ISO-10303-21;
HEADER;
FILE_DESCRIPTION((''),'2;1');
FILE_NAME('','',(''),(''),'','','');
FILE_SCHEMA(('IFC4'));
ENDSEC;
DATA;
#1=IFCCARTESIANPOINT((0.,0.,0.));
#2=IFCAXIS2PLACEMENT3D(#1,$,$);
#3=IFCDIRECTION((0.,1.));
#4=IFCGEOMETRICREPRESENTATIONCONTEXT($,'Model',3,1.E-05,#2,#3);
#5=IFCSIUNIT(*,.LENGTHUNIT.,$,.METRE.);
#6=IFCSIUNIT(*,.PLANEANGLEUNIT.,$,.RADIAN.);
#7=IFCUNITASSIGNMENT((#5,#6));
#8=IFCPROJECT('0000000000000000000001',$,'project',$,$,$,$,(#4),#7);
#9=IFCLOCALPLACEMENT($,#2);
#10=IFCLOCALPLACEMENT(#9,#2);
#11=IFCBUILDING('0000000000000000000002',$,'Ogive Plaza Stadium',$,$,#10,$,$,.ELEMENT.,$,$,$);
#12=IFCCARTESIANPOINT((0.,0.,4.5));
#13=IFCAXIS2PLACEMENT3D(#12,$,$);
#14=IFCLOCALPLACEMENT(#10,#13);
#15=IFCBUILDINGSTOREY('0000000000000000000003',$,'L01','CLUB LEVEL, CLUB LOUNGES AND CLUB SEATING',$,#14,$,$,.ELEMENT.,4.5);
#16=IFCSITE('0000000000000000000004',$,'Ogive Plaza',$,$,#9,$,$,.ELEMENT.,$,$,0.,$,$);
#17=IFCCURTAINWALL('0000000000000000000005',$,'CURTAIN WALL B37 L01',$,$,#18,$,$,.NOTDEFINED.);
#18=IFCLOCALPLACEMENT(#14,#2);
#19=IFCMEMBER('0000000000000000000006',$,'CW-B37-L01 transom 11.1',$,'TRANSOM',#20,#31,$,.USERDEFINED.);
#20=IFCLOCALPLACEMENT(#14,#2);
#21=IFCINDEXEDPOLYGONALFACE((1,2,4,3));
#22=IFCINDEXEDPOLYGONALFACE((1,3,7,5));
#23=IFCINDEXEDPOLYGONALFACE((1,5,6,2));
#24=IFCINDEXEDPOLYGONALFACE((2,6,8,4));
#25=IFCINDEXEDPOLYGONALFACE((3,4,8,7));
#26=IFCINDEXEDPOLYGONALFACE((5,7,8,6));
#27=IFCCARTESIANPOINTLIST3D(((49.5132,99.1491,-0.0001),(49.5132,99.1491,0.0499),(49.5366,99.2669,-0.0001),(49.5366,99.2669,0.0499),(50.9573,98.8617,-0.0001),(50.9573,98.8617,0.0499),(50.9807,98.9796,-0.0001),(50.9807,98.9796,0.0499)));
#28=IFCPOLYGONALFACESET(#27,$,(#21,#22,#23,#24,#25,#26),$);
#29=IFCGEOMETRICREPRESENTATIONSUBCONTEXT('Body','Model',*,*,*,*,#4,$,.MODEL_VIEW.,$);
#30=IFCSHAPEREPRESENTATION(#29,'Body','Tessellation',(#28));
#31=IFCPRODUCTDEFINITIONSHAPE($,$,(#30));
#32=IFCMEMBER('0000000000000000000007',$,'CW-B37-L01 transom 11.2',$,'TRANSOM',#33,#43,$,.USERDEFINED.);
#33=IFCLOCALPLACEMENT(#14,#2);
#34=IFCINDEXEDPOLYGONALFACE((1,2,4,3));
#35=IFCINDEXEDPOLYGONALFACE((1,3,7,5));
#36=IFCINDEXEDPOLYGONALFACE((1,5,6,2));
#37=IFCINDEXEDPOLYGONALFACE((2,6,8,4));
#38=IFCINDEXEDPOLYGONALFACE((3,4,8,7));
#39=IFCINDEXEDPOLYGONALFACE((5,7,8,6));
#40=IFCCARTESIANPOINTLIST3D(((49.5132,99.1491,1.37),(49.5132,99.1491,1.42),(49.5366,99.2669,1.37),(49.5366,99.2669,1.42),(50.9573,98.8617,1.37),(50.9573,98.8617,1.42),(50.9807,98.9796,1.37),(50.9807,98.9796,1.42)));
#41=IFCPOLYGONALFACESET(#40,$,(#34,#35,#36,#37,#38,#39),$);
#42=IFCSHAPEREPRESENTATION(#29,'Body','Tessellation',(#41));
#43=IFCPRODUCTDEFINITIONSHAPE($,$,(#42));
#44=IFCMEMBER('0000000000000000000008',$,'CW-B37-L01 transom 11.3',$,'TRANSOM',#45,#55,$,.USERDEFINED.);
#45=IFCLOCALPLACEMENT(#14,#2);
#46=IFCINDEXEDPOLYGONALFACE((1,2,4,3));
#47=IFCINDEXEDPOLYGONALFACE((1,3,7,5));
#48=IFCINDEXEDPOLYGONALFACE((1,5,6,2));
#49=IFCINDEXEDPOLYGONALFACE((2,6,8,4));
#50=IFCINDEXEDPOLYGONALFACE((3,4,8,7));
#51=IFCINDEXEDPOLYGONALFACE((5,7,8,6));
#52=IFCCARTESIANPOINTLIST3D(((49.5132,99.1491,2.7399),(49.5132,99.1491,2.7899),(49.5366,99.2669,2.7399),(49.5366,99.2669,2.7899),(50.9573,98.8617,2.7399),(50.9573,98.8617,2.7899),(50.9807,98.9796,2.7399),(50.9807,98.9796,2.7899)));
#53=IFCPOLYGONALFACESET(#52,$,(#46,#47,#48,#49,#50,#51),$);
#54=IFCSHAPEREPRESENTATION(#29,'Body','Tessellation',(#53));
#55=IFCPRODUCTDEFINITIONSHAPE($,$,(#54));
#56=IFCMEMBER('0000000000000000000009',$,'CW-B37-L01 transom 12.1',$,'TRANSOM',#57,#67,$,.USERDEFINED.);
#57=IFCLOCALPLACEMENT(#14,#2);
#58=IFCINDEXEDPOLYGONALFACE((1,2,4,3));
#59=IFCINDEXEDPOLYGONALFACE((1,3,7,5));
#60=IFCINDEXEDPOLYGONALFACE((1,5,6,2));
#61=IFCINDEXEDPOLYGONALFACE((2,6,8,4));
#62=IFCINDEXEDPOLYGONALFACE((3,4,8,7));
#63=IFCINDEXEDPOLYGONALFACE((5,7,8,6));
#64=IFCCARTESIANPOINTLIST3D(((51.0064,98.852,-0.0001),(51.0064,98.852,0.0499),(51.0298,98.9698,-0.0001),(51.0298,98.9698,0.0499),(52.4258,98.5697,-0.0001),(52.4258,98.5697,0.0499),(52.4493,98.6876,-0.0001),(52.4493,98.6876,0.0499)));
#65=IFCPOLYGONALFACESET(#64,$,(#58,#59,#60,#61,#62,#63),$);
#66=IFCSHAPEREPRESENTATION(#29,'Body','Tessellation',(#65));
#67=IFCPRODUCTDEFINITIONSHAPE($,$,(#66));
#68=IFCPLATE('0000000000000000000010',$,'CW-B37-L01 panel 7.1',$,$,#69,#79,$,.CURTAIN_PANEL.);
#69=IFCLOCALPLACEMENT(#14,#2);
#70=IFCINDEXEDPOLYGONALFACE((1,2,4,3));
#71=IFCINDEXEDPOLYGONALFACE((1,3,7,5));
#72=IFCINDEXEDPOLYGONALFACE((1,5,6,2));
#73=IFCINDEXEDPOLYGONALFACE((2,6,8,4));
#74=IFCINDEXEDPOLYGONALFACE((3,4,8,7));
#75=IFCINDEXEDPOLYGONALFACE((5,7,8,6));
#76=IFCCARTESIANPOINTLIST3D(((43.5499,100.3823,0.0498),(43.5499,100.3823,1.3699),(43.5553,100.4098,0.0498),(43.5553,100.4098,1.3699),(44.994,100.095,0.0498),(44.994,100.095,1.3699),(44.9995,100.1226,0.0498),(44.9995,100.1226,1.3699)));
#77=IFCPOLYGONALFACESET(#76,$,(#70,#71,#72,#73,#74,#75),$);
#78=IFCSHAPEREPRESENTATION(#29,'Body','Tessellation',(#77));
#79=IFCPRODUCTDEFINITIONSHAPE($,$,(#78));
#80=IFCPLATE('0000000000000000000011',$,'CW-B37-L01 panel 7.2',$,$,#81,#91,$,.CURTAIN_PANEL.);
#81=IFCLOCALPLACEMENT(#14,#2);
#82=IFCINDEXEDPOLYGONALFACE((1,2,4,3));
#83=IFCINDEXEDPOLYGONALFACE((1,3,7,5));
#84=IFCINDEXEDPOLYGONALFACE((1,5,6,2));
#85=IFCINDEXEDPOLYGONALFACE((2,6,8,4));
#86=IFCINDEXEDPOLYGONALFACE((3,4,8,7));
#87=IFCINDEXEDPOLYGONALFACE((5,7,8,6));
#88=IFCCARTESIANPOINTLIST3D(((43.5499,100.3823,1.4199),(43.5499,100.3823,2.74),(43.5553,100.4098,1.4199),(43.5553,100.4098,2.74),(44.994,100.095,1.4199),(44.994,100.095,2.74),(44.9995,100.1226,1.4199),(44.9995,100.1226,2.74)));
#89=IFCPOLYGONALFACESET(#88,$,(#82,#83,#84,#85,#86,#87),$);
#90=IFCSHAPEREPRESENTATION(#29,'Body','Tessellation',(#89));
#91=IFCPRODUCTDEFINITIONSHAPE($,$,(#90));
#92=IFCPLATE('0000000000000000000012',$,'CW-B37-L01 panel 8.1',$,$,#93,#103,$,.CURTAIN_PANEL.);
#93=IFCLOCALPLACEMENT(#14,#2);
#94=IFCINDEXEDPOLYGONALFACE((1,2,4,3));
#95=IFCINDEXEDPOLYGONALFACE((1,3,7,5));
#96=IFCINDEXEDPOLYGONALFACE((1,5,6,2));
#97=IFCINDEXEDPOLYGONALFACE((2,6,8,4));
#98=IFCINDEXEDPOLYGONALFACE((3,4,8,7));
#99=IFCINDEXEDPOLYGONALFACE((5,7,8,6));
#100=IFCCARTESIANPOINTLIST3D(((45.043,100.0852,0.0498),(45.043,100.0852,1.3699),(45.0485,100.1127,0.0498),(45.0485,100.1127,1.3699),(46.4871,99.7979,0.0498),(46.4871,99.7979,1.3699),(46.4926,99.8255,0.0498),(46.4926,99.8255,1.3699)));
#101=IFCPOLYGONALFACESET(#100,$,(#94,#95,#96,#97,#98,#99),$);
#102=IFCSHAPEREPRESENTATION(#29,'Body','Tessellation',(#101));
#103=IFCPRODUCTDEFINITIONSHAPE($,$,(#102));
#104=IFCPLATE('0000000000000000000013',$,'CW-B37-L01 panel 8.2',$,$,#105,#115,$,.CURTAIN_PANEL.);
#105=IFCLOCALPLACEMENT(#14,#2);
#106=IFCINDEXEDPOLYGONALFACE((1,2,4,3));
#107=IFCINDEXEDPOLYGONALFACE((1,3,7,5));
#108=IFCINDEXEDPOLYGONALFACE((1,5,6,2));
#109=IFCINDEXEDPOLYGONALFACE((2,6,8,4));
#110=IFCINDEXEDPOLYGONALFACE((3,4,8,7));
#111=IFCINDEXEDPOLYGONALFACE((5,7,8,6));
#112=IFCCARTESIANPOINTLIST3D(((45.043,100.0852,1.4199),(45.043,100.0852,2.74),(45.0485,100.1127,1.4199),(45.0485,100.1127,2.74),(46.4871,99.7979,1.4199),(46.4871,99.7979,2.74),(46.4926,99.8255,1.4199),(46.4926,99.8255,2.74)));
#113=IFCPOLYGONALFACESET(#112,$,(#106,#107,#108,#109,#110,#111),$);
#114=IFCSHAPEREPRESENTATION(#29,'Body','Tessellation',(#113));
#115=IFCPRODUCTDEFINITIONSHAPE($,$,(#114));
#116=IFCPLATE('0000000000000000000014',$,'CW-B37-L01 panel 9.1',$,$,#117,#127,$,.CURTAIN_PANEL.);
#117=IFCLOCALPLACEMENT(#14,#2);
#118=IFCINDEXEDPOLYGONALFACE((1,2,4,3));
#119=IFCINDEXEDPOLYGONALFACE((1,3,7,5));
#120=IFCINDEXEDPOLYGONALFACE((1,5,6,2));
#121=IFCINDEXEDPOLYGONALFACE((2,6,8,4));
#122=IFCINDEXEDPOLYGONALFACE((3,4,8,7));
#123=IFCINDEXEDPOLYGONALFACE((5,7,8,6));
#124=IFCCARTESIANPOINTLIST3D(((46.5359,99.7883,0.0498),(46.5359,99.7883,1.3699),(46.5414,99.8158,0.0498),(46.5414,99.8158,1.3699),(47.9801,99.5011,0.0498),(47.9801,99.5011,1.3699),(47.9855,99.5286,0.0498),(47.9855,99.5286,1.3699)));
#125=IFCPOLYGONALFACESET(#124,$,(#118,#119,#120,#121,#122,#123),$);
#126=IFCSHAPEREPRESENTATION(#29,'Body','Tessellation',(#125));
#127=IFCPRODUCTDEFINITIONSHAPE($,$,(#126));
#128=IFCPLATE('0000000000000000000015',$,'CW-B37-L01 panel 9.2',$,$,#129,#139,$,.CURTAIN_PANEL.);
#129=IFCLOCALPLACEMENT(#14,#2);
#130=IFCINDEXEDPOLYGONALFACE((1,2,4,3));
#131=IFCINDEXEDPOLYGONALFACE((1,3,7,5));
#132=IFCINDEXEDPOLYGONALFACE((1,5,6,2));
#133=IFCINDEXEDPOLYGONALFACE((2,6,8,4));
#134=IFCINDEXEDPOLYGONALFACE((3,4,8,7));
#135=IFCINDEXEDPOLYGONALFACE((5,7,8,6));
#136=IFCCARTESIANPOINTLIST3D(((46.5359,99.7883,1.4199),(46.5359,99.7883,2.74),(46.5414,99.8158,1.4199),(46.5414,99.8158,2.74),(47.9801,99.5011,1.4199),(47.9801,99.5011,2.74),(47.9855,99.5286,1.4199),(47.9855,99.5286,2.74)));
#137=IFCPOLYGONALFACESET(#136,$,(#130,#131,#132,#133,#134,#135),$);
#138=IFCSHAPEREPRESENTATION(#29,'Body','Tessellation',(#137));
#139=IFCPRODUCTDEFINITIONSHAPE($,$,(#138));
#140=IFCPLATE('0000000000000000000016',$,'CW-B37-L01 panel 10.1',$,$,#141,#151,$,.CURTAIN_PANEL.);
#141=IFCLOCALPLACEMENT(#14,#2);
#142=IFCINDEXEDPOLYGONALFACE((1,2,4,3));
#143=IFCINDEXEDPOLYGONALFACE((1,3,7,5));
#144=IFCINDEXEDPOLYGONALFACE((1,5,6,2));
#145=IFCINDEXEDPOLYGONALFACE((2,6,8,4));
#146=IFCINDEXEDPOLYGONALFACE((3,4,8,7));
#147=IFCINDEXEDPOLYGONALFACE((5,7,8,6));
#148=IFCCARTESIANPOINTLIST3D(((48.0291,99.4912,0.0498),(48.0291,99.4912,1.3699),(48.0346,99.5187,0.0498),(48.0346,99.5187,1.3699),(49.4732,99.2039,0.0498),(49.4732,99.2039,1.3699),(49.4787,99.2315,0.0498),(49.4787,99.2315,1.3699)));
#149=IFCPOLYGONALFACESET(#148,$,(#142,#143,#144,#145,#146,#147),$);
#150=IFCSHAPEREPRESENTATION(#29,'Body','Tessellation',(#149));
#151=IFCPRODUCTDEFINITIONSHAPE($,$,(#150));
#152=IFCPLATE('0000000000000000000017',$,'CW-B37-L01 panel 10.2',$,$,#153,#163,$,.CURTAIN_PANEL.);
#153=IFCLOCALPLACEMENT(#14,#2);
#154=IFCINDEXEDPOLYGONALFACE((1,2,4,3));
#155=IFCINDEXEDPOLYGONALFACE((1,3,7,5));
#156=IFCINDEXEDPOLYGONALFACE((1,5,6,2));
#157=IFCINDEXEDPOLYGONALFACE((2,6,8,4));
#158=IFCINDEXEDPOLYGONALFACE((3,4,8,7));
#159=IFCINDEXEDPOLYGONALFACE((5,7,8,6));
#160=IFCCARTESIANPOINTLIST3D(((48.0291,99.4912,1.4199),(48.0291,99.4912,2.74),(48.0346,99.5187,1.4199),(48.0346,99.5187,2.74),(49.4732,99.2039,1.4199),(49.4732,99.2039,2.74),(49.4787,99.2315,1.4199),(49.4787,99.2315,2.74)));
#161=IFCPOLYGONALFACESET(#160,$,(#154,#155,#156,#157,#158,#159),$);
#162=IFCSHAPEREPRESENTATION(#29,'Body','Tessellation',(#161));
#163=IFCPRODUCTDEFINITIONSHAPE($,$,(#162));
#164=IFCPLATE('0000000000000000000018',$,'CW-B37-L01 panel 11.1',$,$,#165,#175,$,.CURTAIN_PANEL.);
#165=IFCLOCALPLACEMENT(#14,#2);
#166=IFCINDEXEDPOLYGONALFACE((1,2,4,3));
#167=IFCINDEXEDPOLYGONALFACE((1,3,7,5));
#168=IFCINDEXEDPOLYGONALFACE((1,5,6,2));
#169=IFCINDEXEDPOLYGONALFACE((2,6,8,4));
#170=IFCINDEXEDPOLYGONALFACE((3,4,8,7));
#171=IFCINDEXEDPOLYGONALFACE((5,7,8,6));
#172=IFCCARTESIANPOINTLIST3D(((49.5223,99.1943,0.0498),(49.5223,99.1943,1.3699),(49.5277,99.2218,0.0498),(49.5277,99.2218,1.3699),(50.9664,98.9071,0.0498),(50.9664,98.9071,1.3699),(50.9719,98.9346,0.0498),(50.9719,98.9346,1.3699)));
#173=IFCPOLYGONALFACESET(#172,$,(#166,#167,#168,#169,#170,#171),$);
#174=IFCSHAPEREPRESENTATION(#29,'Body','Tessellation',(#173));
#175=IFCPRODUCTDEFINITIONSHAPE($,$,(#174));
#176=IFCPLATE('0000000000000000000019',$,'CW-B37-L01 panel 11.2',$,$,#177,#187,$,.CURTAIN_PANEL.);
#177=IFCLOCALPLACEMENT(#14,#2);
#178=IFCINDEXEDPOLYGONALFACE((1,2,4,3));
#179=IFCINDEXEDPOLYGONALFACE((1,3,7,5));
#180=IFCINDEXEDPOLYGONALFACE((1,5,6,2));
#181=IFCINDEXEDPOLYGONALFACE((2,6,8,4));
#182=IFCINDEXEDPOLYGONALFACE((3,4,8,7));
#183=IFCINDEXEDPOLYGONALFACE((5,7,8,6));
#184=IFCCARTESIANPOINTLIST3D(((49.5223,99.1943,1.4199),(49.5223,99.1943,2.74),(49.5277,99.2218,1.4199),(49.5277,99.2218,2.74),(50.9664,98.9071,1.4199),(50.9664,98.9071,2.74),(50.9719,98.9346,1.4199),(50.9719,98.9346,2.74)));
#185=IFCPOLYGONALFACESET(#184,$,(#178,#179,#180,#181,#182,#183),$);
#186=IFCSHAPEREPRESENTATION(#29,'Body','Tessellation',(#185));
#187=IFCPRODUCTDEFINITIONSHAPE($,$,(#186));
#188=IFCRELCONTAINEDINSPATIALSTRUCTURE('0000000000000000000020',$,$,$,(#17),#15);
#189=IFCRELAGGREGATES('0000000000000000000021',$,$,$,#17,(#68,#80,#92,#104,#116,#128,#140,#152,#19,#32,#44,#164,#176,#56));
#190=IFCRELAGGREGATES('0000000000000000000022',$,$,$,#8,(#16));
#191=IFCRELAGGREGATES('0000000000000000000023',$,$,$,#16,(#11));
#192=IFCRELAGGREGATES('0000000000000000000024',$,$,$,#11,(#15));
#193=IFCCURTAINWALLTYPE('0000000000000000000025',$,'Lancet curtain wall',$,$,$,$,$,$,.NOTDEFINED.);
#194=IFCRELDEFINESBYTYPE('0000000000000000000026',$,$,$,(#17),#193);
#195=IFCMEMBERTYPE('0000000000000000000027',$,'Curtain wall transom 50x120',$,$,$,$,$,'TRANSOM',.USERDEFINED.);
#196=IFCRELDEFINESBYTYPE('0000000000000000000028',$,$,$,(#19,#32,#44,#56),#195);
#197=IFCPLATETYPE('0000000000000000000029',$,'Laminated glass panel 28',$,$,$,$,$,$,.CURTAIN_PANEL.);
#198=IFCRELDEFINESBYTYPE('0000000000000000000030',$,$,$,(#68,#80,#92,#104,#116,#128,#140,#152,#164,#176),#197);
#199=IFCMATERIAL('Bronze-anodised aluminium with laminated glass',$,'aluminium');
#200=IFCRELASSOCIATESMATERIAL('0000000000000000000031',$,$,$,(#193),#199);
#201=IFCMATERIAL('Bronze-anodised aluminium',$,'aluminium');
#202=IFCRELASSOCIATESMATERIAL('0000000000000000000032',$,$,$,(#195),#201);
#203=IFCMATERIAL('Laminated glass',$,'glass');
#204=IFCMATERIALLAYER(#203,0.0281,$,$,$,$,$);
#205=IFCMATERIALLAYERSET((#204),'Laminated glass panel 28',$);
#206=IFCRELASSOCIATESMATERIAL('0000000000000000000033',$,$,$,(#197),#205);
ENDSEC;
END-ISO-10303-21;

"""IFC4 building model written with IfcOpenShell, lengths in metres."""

from ifc_helpers import new_model, si_unit, direction, frame, origin, origin_2d, place, context, subcontext, project, spatial, rectangle, extrude, material, layer, layer_set, material_profile, profile_set, type_object, element, aggregate, save


model = new_model("IFC4")

# Units and contexts
model_context = context("Model", 3, precision=1e-05, world=origin(), true_north=direction((0.0, 1.0)))
body_context = subcontext(model_context, "Body", "Model", "MODEL_VIEW")
ifc_project = project(units=[si_unit("LENGTHUNIT", "METRE"), si_unit("PLANEANGLEUNIT", "RADIAN")], contexts=[model_context])

# Site, building, storey
site_placement = place(None, origin())
site = spatial("IfcSite", under=ifc_project, at=site_placement, Name="Ogive Plaza", CompositionType="ELEMENT", RefElevation=0.0)
building_placement = place(site_placement, origin())
building = spatial("IfcBuilding", under=site, at=building_placement, Name="Ogive Plaza Stadium", CompositionType="ELEMENT")
storey_placement = place(building_placement, frame((0.0, 0.0, 4.5)))
storey = spatial("IfcBuildingStorey", under=building, at=storey_placement, Name="L01", Description="CLUB LEVEL, CLUB LOUNGES AND CLUB SEATING", CompositionType="ELEMENT", Elevation=4.5)

# Curtain wall, members, plates
ifc_material_1 = material(Name="Bronze-anodised aluminium with laminated glass", Category="aluminium")
curtain_wall_type = type_object("IfcCurtainWallType", Name="Lancet curtain wall", PredefinedType="NOTDEFINED", material=ifc_material_1)
curtain_wall_placement = place(storey_placement, origin())
curtain_wall = element("IfcCurtainWall", 1, at=curtain_wall_placement, inside=storey, type_object=curtain_wall_type, Name="CURTAIN WALL B37 L01", PredefinedType="NOTDEFINED")
ifc_material_2 = material(Name="Bronze-anodised aluminium", Category="aluminium")
ifc_material_profile_1 = material_profile(ifc_material_2, rectangle(XDim=0.1201, YDim=0.05, at=origin_2d()), Name="AL 120x50")
ifc_profile_set_1 = profile_set([ifc_material_profile_1], Name="Bronze-anodised aluminium")
member_type_1 = type_object("IfcMemberType", Name="Curtain wall transom 50x120", ElementType="TRANSOM", PredefinedType="USERDEFINED", material=ifc_profile_set_1)
member_1_placement = place(storey_placement, frame((49.5249, 99.208, 0.0249), z_axis=(0.980772, -0.195159, 0.0), x_axis=(0.195159, 0.980772, 0.0)))
member_1 = element("IfcMember", 2, at=member_1_placement, type_object=member_type_1, Name="CW-B37-L01 transom 11.1", ObjectType="TRANSOM", PredefinedType="USERDEFINED", context=body_context, shape_type="SweptSolid", body=[
    extrude(rectangle(XDim=0.1201, YDim=0.05, at=origin_2d()), origin(), (0.0, 0.0, 1.0), 1.4724),
])
member_2_placement = place(storey_placement, frame((49.5249, 99.208, 1.395), z_axis=(0.980772, -0.195159, 0.0), x_axis=(0.195159, 0.980772, 0.0)))
member_2 = element("IfcMember", 3, at=member_2_placement, type_object=member_type_1, Name="CW-B37-L01 transom 11.2", ObjectType="TRANSOM", PredefinedType="USERDEFINED", context=body_context, shape_type="SweptSolid", body=[
    extrude(rectangle(XDim=0.1201, YDim=0.05, at=origin_2d()), origin(), (0.0, 0.0, 1.0), 1.4724),
])
member_3_placement = place(storey_placement, frame((49.5249, 99.208, 2.7649), z_axis=(0.980772, -0.195159, 0.0), x_axis=(0.195159, 0.980772, 0.0)))
member_3 = element("IfcMember", 4, at=member_3_placement, type_object=member_type_1, Name="CW-B37-L01 transom 11.3", ObjectType="TRANSOM", PredefinedType="USERDEFINED", context=body_context, shape_type="SweptSolid", body=[
    extrude(rectangle(XDim=0.1201, YDim=0.05, at=origin_2d()), origin(), (0.0, 0.0, 1.0), 1.4724),
])
member_4_placement = place(storey_placement, frame((51.0181, 98.9109, 0.0249), z_axis=(0.980801, -0.195013, 0.0), x_axis=(0.195013, 0.980801, 0.0)))
member_4 = element("IfcMember", 5, at=member_4_placement, type_object=member_type_1, Name="CW-B37-L01 transom 12.1", ObjectType="TRANSOM", PredefinedType="USERDEFINED", context=body_context, shape_type="SweptSolid", body=[
    extrude(rectangle(XDim=0.1201, YDim=0.05, at=origin_2d()), origin(), (0.0, 0.0, 1.0), 1.4473),
])
ifc_material_3 = material(Name="Laminated glass", Category="glass")
ifc_layer_1 = layer(ifc_material_3, 0.0281)
ifc_layer_set_1 = layer_set([ifc_layer_1], Name="Laminated glass panel 28")
plate_type = type_object("IfcPlateType", Name="Laminated glass panel 28", PredefinedType="CURTAIN_PANEL", material=ifc_layer_set_1)
plate_1_placement = place(storey_placement, frame((44.2747, 100.2524, 0.0498), z_axis=(0.0, 0.0, 1.0), x_axis=(0.980785, -0.19509, 0.0)))
plate_1 = element("IfcPlate", 6, at=plate_1_placement, type_object=plate_type, Name="CW-B37-L01 panel 7.1", PredefinedType="CURTAIN_PANEL", context=body_context, shape_type="SweptSolid", body=[
    extrude(rectangle(XDim=1.4724, YDim=0.0281, at=origin_2d()), origin(), (0.0, 0.0, 1.0), 1.3201),
])
plate_2_placement = place(storey_placement, frame((44.2747, 100.2524, 1.4199), z_axis=(0.0, 0.0, 1.0), x_axis=(0.980785, -0.19509, 0.0)))
plate_2 = element("IfcPlate", 7, at=plate_2_placement, type_object=plate_type, Name="CW-B37-L01 panel 7.2", PredefinedType="CURTAIN_PANEL", context=body_context, shape_type="SweptSolid", body=[
    extrude(rectangle(XDim=1.4724, YDim=0.0281, at=origin_2d()), origin(), (0.0, 0.0, 1.0), 1.3201),
])
plate_3_placement = place(storey_placement, frame((45.7678, 99.9553, 0.0498), z_axis=(0.0, 0.0, 1.0), x_axis=(0.980785, -0.19509, 0.0)))
plate_3 = element("IfcPlate", 8, at=plate_3_placement, type_object=plate_type, Name="CW-B37-L01 panel 8.1", PredefinedType="CURTAIN_PANEL", context=body_context, shape_type="SweptSolid", body=[
    extrude(rectangle(XDim=1.4724, YDim=0.0281, at=origin_2d()), origin(), (0.0, 0.0, 1.0), 1.3201),
])
plate_4_placement = place(storey_placement, frame((45.7678, 99.9553, 1.4199), z_axis=(0.0, 0.0, 1.0), x_axis=(0.980785, -0.19509, 0.0)))
plate_4 = element("IfcPlate", 9, at=plate_4_placement, type_object=plate_type, Name="CW-B37-L01 panel 8.2", PredefinedType="CURTAIN_PANEL", context=body_context, shape_type="SweptSolid", body=[
    extrude(rectangle(XDim=1.4724, YDim=0.0281, at=origin_2d()), origin(), (0.0, 0.0, 1.0), 1.3201),
])
plate_5_placement = place(storey_placement, frame((47.2607, 99.6584, 0.0498), z_axis=(0.0, 0.0, 1.0), x_axis=(0.980785, -0.19509, 0.0)))
plate_5 = element("IfcPlate", 10, at=plate_5_placement, type_object=plate_type, Name="CW-B37-L01 panel 9.1", PredefinedType="CURTAIN_PANEL", context=body_context, shape_type="SweptSolid", body=[
    extrude(rectangle(XDim=1.4724, YDim=0.0281, at=origin_2d()), origin(), (0.0, 0.0, 1.0), 1.3201),
])
plate_6_placement = place(storey_placement, frame((47.2607, 99.6584, 1.4199), z_axis=(0.0, 0.0, 1.0), x_axis=(0.980785, -0.19509, 0.0)))
plate_6 = element("IfcPlate", 11, at=plate_6_placement, type_object=plate_type, Name="CW-B37-L01 panel 9.2", PredefinedType="CURTAIN_PANEL", context=body_context, shape_type="SweptSolid", body=[
    extrude(rectangle(XDim=1.4724, YDim=0.0281, at=origin_2d()), origin(), (0.0, 0.0, 1.0), 1.3201),
])
plate_7_placement = place(storey_placement, frame((48.7539, 99.3613, 0.0498), z_axis=(0.0, 0.0, 1.0), x_axis=(0.980785, -0.19509, 0.0)))
plate_7 = element("IfcPlate", 12, at=plate_7_placement, type_object=plate_type, Name="CW-B37-L01 panel 10.1", PredefinedType="CURTAIN_PANEL", context=body_context, shape_type="SweptSolid", body=[
    extrude(rectangle(XDim=1.4724, YDim=0.0281, at=origin_2d()), origin(), (0.0, 0.0, 1.0), 1.3201),
])
plate_8_placement = place(storey_placement, frame((48.7539, 99.3613, 1.4199), z_axis=(0.0, 0.0, 1.0), x_axis=(0.980785, -0.19509, 0.0)))
plate_8 = element("IfcPlate", 13, at=plate_8_placement, type_object=plate_type, Name="CW-B37-L01 panel 10.2", PredefinedType="CURTAIN_PANEL", context=body_context, shape_type="SweptSolid", body=[
    extrude(rectangle(XDim=1.4724, YDim=0.0281, at=origin_2d()), origin(), (0.0, 0.0, 1.0), 1.3201),
])
plate_9_placement = place(storey_placement, frame((50.2471, 99.0645, 0.0498), z_axis=(0.0, 0.0, 1.0), x_axis=(0.980785, -0.19509, 0.0)))
plate_9 = element("IfcPlate", 14, at=plate_9_placement, type_object=plate_type, Name="CW-B37-L01 panel 11.1", PredefinedType="CURTAIN_PANEL", context=body_context, shape_type="SweptSolid", body=[
    extrude(rectangle(XDim=1.4724, YDim=0.0281, at=origin_2d()), origin(), (0.0, 0.0, 1.0), 1.3201),
])
plate_10_placement = place(storey_placement, frame((50.2471, 99.0645, 1.4199), z_axis=(0.0, 0.0, 1.0), x_axis=(0.980785, -0.19509, 0.0)))
plate_10 = element("IfcPlate", 15, at=plate_10_placement, type_object=plate_type, Name="CW-B37-L01 panel 11.2", PredefinedType="CURTAIN_PANEL", context=body_context, shape_type="SweptSolid", body=[
    extrude(rectangle(XDim=1.4724, YDim=0.0281, at=origin_2d()), origin(), (0.0, 0.0, 1.0), 1.3201),
])
aggregate(curtain_wall, [plate_1, plate_2, plate_3, plate_4, plate_5, plate_6, plate_7, plate_8, member_1, member_2, member_3, plate_9, plate_10, member_4])

save(model, "model.ifc")
